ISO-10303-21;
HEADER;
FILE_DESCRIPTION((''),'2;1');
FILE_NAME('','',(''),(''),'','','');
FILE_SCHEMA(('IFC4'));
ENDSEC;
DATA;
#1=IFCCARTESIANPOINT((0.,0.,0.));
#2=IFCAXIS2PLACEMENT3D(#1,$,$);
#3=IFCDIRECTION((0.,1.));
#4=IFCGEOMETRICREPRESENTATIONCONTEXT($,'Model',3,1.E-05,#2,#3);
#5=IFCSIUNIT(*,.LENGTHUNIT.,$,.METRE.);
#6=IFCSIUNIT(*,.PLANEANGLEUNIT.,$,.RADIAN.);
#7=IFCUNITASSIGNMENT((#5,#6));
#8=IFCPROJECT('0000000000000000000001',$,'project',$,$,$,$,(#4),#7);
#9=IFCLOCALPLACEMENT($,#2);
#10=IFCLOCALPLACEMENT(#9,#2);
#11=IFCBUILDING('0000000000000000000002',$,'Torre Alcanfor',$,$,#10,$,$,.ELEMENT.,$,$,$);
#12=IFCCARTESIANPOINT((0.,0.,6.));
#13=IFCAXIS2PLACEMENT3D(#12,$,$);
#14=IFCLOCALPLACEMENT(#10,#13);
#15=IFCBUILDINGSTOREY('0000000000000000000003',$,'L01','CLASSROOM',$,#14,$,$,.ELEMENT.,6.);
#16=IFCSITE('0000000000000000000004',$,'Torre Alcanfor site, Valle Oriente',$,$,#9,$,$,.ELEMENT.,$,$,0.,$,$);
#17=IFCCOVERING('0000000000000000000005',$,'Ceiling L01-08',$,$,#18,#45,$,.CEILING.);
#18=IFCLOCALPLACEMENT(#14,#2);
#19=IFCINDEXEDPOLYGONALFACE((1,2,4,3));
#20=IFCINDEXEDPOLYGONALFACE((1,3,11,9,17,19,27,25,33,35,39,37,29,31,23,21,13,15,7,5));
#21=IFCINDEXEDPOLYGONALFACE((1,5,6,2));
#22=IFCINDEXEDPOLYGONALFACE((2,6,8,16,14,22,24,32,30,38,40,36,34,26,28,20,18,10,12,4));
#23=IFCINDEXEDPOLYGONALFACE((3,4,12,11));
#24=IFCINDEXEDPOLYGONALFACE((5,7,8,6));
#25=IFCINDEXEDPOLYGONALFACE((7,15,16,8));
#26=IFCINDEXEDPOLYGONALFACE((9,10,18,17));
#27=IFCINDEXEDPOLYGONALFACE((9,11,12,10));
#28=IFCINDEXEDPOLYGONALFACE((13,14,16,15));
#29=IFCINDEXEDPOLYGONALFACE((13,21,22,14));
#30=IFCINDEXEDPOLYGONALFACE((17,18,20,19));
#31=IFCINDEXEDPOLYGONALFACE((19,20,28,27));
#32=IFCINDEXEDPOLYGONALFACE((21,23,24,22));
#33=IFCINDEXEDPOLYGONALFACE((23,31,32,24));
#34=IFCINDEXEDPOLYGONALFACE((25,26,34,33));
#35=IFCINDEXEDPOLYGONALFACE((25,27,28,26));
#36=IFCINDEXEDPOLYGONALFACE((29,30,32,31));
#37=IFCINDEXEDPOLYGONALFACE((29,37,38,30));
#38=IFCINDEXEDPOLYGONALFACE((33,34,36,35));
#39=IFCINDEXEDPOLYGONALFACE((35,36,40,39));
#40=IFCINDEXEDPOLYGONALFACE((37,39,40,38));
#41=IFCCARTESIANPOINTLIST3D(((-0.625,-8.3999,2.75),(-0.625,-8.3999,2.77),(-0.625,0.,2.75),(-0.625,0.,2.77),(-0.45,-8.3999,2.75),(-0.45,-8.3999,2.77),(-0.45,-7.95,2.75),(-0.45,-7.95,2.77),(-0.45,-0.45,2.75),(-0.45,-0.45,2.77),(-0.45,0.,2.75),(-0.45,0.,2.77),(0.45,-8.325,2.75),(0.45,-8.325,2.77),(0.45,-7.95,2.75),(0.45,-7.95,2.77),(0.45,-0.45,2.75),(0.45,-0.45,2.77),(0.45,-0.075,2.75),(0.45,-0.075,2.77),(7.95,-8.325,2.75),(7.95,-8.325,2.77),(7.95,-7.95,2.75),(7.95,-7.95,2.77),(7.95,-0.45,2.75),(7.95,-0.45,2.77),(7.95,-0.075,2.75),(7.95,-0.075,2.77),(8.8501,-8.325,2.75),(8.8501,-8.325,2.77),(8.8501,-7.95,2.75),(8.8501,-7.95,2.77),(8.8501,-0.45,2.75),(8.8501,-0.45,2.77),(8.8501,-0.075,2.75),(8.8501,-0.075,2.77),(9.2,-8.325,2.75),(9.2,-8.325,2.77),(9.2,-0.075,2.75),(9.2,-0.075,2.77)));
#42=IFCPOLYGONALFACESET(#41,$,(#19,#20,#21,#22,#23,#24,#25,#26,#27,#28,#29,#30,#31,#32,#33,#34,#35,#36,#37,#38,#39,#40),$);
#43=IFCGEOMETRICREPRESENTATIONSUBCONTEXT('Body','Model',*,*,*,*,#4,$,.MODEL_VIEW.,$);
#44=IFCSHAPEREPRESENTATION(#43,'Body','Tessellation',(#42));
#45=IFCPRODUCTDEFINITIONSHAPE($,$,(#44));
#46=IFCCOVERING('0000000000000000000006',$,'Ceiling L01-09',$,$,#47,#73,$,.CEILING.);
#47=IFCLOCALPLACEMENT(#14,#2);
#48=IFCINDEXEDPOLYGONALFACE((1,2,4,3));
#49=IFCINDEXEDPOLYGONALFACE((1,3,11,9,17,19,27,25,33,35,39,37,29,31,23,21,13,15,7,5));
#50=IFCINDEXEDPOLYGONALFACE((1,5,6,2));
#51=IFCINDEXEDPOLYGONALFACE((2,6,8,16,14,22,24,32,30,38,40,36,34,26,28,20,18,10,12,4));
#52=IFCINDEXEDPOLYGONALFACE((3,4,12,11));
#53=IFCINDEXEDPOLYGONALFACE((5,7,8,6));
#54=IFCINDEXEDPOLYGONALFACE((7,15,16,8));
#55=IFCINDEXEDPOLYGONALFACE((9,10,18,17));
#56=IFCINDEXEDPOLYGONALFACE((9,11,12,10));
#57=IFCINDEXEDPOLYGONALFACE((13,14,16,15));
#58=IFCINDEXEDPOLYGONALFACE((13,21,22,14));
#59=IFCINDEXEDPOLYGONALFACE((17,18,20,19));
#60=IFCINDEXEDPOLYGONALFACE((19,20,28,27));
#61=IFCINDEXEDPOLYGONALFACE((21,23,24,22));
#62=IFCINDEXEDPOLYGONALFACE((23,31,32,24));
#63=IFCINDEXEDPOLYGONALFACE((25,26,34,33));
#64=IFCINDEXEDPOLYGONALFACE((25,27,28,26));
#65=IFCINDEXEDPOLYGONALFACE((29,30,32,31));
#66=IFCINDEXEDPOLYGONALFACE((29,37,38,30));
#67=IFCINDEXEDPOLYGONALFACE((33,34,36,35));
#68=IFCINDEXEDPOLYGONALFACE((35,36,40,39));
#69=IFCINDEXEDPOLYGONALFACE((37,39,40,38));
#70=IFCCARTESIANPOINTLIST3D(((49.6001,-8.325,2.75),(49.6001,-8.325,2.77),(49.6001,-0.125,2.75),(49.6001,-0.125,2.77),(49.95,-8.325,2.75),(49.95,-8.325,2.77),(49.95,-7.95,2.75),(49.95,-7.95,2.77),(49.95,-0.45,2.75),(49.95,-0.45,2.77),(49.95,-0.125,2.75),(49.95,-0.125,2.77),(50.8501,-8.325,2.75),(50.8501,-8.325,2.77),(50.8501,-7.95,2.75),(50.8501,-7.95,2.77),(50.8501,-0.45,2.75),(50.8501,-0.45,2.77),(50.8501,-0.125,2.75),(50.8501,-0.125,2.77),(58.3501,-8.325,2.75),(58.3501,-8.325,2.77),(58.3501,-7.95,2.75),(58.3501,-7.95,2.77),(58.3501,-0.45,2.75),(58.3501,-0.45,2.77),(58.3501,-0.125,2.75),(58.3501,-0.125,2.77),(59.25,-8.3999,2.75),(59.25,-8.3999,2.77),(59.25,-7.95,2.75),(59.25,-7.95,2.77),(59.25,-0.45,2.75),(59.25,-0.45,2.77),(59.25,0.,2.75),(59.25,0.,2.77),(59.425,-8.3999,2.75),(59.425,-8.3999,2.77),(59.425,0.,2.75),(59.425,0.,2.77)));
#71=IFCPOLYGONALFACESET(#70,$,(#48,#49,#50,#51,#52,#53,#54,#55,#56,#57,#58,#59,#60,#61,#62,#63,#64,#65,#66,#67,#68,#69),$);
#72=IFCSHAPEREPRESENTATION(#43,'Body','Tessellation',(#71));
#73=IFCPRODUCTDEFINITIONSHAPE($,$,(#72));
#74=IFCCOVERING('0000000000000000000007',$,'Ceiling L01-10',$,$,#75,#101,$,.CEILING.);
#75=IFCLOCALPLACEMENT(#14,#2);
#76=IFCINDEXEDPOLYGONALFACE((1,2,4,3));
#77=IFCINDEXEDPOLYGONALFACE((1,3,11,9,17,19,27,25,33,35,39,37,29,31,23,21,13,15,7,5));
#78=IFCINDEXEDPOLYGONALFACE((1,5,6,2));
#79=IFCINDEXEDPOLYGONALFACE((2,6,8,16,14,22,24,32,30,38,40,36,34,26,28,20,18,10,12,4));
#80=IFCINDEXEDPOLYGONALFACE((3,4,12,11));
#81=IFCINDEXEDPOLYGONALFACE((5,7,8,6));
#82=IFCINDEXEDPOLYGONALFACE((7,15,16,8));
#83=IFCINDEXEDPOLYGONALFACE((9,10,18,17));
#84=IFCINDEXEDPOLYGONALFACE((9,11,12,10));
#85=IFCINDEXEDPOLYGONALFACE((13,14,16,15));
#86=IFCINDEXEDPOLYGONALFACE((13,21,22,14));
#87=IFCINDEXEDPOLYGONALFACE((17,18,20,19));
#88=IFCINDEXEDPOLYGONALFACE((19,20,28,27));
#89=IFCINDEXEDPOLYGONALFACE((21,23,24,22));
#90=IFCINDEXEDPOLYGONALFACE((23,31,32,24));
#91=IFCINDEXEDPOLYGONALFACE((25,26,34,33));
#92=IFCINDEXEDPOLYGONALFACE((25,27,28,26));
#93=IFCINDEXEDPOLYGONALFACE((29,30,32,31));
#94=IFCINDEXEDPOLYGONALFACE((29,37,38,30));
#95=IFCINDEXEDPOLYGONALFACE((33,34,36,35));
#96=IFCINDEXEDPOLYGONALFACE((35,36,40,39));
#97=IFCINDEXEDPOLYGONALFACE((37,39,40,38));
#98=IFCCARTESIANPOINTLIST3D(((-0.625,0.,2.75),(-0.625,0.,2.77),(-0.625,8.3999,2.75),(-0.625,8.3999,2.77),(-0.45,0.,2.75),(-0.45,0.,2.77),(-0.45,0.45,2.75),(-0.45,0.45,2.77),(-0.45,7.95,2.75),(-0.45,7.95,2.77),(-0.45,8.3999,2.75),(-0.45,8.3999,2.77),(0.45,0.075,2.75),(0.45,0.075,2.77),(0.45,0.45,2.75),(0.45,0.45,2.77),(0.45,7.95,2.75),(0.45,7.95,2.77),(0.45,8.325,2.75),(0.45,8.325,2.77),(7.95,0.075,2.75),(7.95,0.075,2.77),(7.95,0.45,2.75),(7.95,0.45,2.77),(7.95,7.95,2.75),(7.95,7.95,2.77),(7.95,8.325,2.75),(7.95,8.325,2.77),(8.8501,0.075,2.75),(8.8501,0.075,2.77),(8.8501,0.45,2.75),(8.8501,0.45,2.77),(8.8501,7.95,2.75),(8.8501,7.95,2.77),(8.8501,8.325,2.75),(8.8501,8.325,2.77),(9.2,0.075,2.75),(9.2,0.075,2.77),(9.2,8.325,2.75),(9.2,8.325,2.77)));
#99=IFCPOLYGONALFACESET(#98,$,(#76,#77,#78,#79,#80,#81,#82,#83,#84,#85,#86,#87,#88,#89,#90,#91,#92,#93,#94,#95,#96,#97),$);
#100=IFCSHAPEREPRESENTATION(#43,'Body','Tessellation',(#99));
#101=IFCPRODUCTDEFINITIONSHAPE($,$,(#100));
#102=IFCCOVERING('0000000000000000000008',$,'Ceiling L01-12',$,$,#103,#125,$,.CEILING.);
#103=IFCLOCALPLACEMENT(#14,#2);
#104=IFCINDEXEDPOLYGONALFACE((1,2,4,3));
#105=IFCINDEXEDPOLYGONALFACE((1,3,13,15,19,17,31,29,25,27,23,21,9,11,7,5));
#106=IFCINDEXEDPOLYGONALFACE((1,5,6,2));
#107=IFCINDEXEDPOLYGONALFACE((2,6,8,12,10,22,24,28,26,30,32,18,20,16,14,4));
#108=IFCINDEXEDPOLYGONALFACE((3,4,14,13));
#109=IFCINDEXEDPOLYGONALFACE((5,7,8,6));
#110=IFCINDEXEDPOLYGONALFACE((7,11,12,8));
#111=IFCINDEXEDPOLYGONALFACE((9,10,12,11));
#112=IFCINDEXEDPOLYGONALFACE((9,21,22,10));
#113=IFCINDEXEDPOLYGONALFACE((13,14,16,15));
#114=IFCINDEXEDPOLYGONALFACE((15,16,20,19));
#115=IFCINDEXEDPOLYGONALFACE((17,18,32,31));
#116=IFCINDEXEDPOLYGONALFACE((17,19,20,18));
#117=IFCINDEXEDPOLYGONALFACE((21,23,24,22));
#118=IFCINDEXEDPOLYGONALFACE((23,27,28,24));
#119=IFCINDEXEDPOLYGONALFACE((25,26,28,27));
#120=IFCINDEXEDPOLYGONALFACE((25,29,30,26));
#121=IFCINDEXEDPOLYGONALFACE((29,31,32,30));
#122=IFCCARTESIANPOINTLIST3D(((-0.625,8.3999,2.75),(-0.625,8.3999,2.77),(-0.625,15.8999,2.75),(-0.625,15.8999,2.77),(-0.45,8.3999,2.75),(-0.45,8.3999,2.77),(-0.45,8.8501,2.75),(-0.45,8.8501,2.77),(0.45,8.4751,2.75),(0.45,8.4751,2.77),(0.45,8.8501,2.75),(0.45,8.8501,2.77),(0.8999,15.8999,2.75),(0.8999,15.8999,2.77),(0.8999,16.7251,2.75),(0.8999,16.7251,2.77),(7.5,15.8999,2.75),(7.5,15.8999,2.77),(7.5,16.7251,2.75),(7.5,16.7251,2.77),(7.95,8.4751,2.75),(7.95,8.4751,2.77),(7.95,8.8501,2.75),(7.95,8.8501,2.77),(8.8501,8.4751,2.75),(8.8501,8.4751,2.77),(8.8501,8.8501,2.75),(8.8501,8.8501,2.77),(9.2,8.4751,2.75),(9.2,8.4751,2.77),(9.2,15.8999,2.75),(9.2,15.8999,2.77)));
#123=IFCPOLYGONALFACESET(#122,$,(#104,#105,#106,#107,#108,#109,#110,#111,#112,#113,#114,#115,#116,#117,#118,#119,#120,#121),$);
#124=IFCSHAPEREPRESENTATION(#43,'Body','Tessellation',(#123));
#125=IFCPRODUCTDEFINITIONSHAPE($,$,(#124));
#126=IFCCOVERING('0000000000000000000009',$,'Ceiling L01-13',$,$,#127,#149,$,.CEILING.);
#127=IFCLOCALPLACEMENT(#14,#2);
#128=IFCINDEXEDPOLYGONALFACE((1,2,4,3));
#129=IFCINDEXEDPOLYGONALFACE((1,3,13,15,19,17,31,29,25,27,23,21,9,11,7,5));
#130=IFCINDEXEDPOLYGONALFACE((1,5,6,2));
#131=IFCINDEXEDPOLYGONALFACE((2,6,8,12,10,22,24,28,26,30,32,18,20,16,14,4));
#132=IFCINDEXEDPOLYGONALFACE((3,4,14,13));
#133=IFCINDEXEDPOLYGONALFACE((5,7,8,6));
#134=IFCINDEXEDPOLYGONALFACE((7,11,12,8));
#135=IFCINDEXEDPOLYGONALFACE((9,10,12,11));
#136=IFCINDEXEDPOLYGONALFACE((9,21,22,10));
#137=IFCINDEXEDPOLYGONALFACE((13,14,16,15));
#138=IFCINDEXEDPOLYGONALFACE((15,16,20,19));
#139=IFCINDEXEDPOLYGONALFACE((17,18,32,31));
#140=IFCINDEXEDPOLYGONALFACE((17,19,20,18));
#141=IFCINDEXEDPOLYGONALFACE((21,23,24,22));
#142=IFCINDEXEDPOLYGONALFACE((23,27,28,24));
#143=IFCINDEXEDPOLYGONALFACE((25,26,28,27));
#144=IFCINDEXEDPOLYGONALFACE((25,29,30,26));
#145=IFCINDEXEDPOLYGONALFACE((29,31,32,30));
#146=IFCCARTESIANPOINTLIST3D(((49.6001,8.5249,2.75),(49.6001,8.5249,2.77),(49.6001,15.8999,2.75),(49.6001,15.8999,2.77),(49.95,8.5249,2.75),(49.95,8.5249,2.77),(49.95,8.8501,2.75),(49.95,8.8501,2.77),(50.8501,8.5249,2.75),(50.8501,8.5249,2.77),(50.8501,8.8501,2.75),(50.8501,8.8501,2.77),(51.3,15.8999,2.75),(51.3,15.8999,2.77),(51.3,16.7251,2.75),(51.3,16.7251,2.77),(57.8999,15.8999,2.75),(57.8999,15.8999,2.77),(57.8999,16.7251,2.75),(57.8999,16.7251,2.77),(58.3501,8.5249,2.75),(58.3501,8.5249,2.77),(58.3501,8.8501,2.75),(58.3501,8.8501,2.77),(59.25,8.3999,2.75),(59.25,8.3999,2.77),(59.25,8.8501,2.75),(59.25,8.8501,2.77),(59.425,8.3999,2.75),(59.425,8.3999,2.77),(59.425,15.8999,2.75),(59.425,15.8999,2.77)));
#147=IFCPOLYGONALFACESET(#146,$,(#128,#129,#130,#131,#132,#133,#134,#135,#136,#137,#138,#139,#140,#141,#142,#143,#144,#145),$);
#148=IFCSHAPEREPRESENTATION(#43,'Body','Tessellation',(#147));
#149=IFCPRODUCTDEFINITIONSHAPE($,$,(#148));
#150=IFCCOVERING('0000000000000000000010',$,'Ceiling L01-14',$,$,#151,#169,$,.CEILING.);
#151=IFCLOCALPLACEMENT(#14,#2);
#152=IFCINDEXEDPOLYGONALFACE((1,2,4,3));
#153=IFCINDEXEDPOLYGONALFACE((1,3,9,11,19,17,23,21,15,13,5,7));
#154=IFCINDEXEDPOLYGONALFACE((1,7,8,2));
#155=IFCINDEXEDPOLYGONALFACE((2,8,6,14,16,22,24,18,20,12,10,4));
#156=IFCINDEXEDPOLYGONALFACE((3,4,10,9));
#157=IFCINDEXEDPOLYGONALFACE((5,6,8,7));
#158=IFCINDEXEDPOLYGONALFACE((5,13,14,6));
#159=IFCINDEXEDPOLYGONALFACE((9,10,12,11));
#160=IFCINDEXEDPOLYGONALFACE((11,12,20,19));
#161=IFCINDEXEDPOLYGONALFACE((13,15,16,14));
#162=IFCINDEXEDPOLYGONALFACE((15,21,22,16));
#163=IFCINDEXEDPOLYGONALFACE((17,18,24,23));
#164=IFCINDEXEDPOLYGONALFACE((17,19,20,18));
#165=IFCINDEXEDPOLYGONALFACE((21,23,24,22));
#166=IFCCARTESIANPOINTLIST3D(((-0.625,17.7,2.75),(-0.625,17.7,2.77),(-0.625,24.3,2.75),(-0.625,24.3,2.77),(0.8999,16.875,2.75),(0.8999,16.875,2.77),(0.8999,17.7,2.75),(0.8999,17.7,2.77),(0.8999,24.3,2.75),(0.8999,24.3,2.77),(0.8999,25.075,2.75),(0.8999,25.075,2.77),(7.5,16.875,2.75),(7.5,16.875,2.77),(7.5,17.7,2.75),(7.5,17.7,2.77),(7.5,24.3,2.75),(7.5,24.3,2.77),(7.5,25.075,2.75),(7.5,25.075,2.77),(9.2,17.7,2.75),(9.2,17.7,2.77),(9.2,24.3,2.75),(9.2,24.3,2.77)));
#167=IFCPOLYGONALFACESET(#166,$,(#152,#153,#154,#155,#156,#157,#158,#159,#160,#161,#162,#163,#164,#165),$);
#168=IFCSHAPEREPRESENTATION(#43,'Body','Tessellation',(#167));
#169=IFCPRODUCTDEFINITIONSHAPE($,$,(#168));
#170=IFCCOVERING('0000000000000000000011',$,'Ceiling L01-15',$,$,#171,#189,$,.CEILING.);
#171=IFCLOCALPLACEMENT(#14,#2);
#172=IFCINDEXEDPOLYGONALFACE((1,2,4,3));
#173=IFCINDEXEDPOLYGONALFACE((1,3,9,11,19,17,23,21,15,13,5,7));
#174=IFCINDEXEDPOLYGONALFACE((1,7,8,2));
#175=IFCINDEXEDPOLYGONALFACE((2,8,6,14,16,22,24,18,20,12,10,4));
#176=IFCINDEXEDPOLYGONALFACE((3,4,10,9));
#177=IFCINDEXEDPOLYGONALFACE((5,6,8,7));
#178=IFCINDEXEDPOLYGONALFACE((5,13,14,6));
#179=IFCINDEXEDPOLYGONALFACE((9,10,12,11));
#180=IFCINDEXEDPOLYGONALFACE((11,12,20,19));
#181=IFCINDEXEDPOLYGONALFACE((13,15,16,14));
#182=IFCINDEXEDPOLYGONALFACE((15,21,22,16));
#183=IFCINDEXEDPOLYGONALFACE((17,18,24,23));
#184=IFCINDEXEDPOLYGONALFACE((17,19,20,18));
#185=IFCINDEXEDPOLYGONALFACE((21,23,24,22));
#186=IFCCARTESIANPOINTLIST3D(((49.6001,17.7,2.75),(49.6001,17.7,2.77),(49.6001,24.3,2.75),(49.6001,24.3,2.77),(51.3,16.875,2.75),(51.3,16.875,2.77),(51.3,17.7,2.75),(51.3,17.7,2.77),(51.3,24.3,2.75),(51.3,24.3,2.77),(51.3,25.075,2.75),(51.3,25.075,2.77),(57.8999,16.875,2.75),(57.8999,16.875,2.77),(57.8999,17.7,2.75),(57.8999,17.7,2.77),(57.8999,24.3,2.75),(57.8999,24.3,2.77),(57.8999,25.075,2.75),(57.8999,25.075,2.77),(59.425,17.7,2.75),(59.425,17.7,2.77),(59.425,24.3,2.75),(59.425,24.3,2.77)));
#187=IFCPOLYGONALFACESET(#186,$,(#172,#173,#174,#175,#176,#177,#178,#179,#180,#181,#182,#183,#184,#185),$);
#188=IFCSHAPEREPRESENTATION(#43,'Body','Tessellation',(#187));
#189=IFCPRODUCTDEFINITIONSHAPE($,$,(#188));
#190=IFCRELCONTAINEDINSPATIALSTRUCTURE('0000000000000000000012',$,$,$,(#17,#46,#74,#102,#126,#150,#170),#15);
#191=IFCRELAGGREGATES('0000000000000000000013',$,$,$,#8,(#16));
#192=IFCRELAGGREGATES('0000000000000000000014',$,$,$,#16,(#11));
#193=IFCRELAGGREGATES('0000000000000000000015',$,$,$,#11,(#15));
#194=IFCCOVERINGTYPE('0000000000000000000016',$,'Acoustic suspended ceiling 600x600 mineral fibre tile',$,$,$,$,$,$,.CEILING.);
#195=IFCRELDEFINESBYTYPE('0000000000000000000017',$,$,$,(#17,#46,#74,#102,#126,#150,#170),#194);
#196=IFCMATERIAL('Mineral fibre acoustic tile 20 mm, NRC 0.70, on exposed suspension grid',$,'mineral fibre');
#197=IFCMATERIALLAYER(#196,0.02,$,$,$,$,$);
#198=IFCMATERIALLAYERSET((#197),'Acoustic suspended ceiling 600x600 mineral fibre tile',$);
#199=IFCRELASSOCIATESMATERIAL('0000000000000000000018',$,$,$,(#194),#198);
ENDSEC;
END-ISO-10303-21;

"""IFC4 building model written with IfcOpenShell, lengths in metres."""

from ifc_helpers import new_model, si_unit, direction, frame, origin, place, context, subcontext, project, spatial, polyline, outline, extrude, material, layer, layer_set, type_object, element, save


model = new_model("IFC4")

# Units and contexts
model_context = context("Model", 3, precision=1e-05, world=origin(), true_north=direction((0.0, 1.0)))
body_context = subcontext(model_context, "Body", "Model", "MODEL_VIEW")
ifc_project = project(units=[si_unit("LENGTHUNIT", "METRE"), si_unit("PLANEANGLEUNIT", "RADIAN")], contexts=[model_context])

# Site, building, storey
site_placement = place(None, origin())
site = spatial("IfcSite", under=ifc_project, at=site_placement, Name="Torre Alcanfor site, Valle Oriente", CompositionType="ELEMENT", RefElevation=0.0)
building_placement = place(site_placement, origin())
building = spatial("IfcBuilding", under=site, at=building_placement, Name="Torre Alcanfor", CompositionType="ELEMENT")
storey_placement = place(building_placement, frame((0.0, 0.0, 6.0)))
storey = spatial("IfcBuildingStorey", under=building, at=storey_placement, Name="L01", Description="CLASSROOM", CompositionType="ELEMENT", Elevation=6.0)

# Coverings
ifc_material = material(Name="Mineral fibre acoustic tile 20 mm, NRC 0.70, on exposed suspension grid", Category="mineral fibre")
ifc_layer = layer(ifc_material, 0.02)
ifc_layer_set = layer_set([ifc_layer], Name="Acoustic suspended ceiling 600x600 mineral fibre tile")
covering_type = type_object("IfcCoveringType", Name="Acoustic suspended ceiling 600x600 mineral fibre tile", PredefinedType="CEILING", material=ifc_layer_set)
covering_1_placement = place(storey_placement, frame((0.0, 0.0, 2.75)))
element("IfcCovering", 1, at=covering_1_placement, inside=storey, type_object=covering_type, Name="Ceiling L01-08", PredefinedType="CEILING", context=body_context, shape_type="SweptSolid", body=[
    extrude(outline(polyline([(-0.45, -0.45), (-0.45, 0.0), (-0.625, 0.0), (-0.625, -8.3999), (-0.45, -8.3999), (-0.45, -7.95), (0.45, -7.95), (0.45, -8.325), (7.95, -8.325), (7.95, -7.95), (8.8501, -7.95), (8.8501, -8.325), (9.2, -8.325), (9.2, -0.075), (8.8501, -0.075), (8.8501, -0.45), (7.95, -0.45), (7.95, -0.075), (0.45, -0.075), (0.45, -0.45), (-0.45, -0.45)])), origin(), (0.0, 0.0, 1.0), 0.02),
])
covering_2_placement = place(storey_placement, frame((0.0, 0.0, 2.75)))
element("IfcCovering", 2, at=covering_2_placement, inside=storey, type_object=covering_type, Name="Ceiling L01-09", PredefinedType="CEILING", context=body_context, shape_type="SweptSolid", body=[
    extrude(outline(polyline([(59.25, -7.95), (59.25, -8.3999), (59.425, -8.3999), (59.425, 0.0), (59.25, 0.0), (59.25, -0.45), (58.3501, -0.45), (58.3501, -0.125), (50.8501, -0.125), (50.8501, -0.45), (49.95, -0.45), (49.95, -0.125), (49.6001, -0.125), (49.6001, -8.325), (49.95, -8.325), (49.95, -7.95), (50.8501, -7.95), (50.8501, -8.325), (58.3501, -8.325), (58.3501, -7.95), (59.25, -7.95)])), origin(), (0.0, 0.0, 1.0), 0.02),
])
covering_3_placement = place(storey_placement, frame((0.0, 0.0, 2.75)))
element("IfcCovering", 3, at=covering_3_placement, inside=storey, type_object=covering_type, Name="Ceiling L01-10", PredefinedType="CEILING", context=body_context, shape_type="SweptSolid", body=[
    extrude(outline(polyline([(-0.45, 7.95), (-0.45, 8.3999), (-0.625, 8.3999), (-0.625, 0.0), (-0.45, 0.0), (-0.45, 0.45), (0.45, 0.45), (0.45, 0.075), (7.95, 0.075), (7.95, 0.45), (8.8501, 0.45), (8.8501, 0.075), (9.2, 0.075), (9.2, 8.325), (8.8501, 8.325), (8.8501, 7.95), (7.95, 7.95), (7.95, 8.325), (0.45, 8.325), (0.45, 7.95), (-0.45, 7.95)])), origin(), (0.0, 0.0, 1.0), 0.02),
])
covering_4_placement = place(storey_placement, frame((0.0, 0.0, 2.75)))
element("IfcCovering", 4, at=covering_4_placement, inside=storey, type_object=covering_type, Name="Ceiling L01-12", PredefinedType="CEILING", context=body_context, shape_type="SweptSolid", body=[
    extrude(outline(polyline([(0.8999, 16.7251), (0.8999, 15.8999), (-0.625, 15.8999), (-0.625, 8.3999), (-0.45, 8.3999), (-0.45, 8.8501), (0.45, 8.8501), (0.45, 8.4751), (7.95, 8.4751), (7.95, 8.8501), (8.8501, 8.8501), (8.8501, 8.4751), (9.2, 8.4751), (9.2, 15.8999), (7.5, 15.8999), (7.5, 16.7251), (0.8999, 16.7251)])), origin(), (0.0, 0.0, 1.0), 0.02),
])
covering_5_placement = place(storey_placement, frame((0.0, 0.0, 2.75)))
element("IfcCovering", 5, at=covering_5_placement, inside=storey, type_object=covering_type, Name="Ceiling L01-13", PredefinedType="CEILING", context=body_context, shape_type="SweptSolid", body=[
    extrude(outline(polyline([(59.25, 8.8501), (59.25, 8.3999), (59.425, 8.3999), (59.425, 15.8999), (57.8999, 15.8999), (57.8999, 16.7251), (51.3, 16.7251), (51.3, 15.8999), (49.6001, 15.8999), (49.6001, 8.5249), (49.95, 8.5249), (49.95, 8.8501), (50.8501, 8.8501), (50.8501, 8.5249), (58.3501, 8.5249), (58.3501, 8.8501), (59.25, 8.8501)])), origin(), (0.0, 0.0, 1.0), 0.02),
])
covering_6_placement = place(storey_placement, frame((0.0, 0.0, 2.75)))
element("IfcCovering", 6, at=covering_6_placement, inside=storey, type_object=covering_type, Name="Ceiling L01-14", PredefinedType="CEILING", context=body_context, shape_type="SweptSolid", body=[
    extrude(outline(polyline([(0.8999, 25.075), (0.8999, 24.3), (-0.625, 24.3), (-0.625, 17.7), (0.8999, 17.7), (0.8999, 16.875), (7.5, 16.875), (7.5, 17.7), (9.2, 17.7), (9.2, 24.3), (7.5, 24.3), (7.5, 25.075), (0.8999, 25.075)])), origin(), (0.0, 0.0, 1.0), 0.02),
])
covering_7_placement = place(storey_placement, frame((0.0, 0.0, 2.75)))
element("IfcCovering", 7, at=covering_7_placement, inside=storey, type_object=covering_type, Name="Ceiling L01-15", PredefinedType="CEILING", context=body_context, shape_type="SweptSolid", body=[
    extrude(outline(polyline([(57.8999, 16.875), (57.8999, 17.7), (59.425, 17.7), (59.425, 24.3), (57.8999, 24.3), (57.8999, 25.075), (51.3, 25.075), (51.3, 24.3), (49.6001, 24.3), (49.6001, 17.7), (51.3, 17.7), (51.3, 16.875), (57.8999, 16.875)])), origin(), (0.0, 0.0, 1.0), 0.02),
])

save(model, "model.ifc")
